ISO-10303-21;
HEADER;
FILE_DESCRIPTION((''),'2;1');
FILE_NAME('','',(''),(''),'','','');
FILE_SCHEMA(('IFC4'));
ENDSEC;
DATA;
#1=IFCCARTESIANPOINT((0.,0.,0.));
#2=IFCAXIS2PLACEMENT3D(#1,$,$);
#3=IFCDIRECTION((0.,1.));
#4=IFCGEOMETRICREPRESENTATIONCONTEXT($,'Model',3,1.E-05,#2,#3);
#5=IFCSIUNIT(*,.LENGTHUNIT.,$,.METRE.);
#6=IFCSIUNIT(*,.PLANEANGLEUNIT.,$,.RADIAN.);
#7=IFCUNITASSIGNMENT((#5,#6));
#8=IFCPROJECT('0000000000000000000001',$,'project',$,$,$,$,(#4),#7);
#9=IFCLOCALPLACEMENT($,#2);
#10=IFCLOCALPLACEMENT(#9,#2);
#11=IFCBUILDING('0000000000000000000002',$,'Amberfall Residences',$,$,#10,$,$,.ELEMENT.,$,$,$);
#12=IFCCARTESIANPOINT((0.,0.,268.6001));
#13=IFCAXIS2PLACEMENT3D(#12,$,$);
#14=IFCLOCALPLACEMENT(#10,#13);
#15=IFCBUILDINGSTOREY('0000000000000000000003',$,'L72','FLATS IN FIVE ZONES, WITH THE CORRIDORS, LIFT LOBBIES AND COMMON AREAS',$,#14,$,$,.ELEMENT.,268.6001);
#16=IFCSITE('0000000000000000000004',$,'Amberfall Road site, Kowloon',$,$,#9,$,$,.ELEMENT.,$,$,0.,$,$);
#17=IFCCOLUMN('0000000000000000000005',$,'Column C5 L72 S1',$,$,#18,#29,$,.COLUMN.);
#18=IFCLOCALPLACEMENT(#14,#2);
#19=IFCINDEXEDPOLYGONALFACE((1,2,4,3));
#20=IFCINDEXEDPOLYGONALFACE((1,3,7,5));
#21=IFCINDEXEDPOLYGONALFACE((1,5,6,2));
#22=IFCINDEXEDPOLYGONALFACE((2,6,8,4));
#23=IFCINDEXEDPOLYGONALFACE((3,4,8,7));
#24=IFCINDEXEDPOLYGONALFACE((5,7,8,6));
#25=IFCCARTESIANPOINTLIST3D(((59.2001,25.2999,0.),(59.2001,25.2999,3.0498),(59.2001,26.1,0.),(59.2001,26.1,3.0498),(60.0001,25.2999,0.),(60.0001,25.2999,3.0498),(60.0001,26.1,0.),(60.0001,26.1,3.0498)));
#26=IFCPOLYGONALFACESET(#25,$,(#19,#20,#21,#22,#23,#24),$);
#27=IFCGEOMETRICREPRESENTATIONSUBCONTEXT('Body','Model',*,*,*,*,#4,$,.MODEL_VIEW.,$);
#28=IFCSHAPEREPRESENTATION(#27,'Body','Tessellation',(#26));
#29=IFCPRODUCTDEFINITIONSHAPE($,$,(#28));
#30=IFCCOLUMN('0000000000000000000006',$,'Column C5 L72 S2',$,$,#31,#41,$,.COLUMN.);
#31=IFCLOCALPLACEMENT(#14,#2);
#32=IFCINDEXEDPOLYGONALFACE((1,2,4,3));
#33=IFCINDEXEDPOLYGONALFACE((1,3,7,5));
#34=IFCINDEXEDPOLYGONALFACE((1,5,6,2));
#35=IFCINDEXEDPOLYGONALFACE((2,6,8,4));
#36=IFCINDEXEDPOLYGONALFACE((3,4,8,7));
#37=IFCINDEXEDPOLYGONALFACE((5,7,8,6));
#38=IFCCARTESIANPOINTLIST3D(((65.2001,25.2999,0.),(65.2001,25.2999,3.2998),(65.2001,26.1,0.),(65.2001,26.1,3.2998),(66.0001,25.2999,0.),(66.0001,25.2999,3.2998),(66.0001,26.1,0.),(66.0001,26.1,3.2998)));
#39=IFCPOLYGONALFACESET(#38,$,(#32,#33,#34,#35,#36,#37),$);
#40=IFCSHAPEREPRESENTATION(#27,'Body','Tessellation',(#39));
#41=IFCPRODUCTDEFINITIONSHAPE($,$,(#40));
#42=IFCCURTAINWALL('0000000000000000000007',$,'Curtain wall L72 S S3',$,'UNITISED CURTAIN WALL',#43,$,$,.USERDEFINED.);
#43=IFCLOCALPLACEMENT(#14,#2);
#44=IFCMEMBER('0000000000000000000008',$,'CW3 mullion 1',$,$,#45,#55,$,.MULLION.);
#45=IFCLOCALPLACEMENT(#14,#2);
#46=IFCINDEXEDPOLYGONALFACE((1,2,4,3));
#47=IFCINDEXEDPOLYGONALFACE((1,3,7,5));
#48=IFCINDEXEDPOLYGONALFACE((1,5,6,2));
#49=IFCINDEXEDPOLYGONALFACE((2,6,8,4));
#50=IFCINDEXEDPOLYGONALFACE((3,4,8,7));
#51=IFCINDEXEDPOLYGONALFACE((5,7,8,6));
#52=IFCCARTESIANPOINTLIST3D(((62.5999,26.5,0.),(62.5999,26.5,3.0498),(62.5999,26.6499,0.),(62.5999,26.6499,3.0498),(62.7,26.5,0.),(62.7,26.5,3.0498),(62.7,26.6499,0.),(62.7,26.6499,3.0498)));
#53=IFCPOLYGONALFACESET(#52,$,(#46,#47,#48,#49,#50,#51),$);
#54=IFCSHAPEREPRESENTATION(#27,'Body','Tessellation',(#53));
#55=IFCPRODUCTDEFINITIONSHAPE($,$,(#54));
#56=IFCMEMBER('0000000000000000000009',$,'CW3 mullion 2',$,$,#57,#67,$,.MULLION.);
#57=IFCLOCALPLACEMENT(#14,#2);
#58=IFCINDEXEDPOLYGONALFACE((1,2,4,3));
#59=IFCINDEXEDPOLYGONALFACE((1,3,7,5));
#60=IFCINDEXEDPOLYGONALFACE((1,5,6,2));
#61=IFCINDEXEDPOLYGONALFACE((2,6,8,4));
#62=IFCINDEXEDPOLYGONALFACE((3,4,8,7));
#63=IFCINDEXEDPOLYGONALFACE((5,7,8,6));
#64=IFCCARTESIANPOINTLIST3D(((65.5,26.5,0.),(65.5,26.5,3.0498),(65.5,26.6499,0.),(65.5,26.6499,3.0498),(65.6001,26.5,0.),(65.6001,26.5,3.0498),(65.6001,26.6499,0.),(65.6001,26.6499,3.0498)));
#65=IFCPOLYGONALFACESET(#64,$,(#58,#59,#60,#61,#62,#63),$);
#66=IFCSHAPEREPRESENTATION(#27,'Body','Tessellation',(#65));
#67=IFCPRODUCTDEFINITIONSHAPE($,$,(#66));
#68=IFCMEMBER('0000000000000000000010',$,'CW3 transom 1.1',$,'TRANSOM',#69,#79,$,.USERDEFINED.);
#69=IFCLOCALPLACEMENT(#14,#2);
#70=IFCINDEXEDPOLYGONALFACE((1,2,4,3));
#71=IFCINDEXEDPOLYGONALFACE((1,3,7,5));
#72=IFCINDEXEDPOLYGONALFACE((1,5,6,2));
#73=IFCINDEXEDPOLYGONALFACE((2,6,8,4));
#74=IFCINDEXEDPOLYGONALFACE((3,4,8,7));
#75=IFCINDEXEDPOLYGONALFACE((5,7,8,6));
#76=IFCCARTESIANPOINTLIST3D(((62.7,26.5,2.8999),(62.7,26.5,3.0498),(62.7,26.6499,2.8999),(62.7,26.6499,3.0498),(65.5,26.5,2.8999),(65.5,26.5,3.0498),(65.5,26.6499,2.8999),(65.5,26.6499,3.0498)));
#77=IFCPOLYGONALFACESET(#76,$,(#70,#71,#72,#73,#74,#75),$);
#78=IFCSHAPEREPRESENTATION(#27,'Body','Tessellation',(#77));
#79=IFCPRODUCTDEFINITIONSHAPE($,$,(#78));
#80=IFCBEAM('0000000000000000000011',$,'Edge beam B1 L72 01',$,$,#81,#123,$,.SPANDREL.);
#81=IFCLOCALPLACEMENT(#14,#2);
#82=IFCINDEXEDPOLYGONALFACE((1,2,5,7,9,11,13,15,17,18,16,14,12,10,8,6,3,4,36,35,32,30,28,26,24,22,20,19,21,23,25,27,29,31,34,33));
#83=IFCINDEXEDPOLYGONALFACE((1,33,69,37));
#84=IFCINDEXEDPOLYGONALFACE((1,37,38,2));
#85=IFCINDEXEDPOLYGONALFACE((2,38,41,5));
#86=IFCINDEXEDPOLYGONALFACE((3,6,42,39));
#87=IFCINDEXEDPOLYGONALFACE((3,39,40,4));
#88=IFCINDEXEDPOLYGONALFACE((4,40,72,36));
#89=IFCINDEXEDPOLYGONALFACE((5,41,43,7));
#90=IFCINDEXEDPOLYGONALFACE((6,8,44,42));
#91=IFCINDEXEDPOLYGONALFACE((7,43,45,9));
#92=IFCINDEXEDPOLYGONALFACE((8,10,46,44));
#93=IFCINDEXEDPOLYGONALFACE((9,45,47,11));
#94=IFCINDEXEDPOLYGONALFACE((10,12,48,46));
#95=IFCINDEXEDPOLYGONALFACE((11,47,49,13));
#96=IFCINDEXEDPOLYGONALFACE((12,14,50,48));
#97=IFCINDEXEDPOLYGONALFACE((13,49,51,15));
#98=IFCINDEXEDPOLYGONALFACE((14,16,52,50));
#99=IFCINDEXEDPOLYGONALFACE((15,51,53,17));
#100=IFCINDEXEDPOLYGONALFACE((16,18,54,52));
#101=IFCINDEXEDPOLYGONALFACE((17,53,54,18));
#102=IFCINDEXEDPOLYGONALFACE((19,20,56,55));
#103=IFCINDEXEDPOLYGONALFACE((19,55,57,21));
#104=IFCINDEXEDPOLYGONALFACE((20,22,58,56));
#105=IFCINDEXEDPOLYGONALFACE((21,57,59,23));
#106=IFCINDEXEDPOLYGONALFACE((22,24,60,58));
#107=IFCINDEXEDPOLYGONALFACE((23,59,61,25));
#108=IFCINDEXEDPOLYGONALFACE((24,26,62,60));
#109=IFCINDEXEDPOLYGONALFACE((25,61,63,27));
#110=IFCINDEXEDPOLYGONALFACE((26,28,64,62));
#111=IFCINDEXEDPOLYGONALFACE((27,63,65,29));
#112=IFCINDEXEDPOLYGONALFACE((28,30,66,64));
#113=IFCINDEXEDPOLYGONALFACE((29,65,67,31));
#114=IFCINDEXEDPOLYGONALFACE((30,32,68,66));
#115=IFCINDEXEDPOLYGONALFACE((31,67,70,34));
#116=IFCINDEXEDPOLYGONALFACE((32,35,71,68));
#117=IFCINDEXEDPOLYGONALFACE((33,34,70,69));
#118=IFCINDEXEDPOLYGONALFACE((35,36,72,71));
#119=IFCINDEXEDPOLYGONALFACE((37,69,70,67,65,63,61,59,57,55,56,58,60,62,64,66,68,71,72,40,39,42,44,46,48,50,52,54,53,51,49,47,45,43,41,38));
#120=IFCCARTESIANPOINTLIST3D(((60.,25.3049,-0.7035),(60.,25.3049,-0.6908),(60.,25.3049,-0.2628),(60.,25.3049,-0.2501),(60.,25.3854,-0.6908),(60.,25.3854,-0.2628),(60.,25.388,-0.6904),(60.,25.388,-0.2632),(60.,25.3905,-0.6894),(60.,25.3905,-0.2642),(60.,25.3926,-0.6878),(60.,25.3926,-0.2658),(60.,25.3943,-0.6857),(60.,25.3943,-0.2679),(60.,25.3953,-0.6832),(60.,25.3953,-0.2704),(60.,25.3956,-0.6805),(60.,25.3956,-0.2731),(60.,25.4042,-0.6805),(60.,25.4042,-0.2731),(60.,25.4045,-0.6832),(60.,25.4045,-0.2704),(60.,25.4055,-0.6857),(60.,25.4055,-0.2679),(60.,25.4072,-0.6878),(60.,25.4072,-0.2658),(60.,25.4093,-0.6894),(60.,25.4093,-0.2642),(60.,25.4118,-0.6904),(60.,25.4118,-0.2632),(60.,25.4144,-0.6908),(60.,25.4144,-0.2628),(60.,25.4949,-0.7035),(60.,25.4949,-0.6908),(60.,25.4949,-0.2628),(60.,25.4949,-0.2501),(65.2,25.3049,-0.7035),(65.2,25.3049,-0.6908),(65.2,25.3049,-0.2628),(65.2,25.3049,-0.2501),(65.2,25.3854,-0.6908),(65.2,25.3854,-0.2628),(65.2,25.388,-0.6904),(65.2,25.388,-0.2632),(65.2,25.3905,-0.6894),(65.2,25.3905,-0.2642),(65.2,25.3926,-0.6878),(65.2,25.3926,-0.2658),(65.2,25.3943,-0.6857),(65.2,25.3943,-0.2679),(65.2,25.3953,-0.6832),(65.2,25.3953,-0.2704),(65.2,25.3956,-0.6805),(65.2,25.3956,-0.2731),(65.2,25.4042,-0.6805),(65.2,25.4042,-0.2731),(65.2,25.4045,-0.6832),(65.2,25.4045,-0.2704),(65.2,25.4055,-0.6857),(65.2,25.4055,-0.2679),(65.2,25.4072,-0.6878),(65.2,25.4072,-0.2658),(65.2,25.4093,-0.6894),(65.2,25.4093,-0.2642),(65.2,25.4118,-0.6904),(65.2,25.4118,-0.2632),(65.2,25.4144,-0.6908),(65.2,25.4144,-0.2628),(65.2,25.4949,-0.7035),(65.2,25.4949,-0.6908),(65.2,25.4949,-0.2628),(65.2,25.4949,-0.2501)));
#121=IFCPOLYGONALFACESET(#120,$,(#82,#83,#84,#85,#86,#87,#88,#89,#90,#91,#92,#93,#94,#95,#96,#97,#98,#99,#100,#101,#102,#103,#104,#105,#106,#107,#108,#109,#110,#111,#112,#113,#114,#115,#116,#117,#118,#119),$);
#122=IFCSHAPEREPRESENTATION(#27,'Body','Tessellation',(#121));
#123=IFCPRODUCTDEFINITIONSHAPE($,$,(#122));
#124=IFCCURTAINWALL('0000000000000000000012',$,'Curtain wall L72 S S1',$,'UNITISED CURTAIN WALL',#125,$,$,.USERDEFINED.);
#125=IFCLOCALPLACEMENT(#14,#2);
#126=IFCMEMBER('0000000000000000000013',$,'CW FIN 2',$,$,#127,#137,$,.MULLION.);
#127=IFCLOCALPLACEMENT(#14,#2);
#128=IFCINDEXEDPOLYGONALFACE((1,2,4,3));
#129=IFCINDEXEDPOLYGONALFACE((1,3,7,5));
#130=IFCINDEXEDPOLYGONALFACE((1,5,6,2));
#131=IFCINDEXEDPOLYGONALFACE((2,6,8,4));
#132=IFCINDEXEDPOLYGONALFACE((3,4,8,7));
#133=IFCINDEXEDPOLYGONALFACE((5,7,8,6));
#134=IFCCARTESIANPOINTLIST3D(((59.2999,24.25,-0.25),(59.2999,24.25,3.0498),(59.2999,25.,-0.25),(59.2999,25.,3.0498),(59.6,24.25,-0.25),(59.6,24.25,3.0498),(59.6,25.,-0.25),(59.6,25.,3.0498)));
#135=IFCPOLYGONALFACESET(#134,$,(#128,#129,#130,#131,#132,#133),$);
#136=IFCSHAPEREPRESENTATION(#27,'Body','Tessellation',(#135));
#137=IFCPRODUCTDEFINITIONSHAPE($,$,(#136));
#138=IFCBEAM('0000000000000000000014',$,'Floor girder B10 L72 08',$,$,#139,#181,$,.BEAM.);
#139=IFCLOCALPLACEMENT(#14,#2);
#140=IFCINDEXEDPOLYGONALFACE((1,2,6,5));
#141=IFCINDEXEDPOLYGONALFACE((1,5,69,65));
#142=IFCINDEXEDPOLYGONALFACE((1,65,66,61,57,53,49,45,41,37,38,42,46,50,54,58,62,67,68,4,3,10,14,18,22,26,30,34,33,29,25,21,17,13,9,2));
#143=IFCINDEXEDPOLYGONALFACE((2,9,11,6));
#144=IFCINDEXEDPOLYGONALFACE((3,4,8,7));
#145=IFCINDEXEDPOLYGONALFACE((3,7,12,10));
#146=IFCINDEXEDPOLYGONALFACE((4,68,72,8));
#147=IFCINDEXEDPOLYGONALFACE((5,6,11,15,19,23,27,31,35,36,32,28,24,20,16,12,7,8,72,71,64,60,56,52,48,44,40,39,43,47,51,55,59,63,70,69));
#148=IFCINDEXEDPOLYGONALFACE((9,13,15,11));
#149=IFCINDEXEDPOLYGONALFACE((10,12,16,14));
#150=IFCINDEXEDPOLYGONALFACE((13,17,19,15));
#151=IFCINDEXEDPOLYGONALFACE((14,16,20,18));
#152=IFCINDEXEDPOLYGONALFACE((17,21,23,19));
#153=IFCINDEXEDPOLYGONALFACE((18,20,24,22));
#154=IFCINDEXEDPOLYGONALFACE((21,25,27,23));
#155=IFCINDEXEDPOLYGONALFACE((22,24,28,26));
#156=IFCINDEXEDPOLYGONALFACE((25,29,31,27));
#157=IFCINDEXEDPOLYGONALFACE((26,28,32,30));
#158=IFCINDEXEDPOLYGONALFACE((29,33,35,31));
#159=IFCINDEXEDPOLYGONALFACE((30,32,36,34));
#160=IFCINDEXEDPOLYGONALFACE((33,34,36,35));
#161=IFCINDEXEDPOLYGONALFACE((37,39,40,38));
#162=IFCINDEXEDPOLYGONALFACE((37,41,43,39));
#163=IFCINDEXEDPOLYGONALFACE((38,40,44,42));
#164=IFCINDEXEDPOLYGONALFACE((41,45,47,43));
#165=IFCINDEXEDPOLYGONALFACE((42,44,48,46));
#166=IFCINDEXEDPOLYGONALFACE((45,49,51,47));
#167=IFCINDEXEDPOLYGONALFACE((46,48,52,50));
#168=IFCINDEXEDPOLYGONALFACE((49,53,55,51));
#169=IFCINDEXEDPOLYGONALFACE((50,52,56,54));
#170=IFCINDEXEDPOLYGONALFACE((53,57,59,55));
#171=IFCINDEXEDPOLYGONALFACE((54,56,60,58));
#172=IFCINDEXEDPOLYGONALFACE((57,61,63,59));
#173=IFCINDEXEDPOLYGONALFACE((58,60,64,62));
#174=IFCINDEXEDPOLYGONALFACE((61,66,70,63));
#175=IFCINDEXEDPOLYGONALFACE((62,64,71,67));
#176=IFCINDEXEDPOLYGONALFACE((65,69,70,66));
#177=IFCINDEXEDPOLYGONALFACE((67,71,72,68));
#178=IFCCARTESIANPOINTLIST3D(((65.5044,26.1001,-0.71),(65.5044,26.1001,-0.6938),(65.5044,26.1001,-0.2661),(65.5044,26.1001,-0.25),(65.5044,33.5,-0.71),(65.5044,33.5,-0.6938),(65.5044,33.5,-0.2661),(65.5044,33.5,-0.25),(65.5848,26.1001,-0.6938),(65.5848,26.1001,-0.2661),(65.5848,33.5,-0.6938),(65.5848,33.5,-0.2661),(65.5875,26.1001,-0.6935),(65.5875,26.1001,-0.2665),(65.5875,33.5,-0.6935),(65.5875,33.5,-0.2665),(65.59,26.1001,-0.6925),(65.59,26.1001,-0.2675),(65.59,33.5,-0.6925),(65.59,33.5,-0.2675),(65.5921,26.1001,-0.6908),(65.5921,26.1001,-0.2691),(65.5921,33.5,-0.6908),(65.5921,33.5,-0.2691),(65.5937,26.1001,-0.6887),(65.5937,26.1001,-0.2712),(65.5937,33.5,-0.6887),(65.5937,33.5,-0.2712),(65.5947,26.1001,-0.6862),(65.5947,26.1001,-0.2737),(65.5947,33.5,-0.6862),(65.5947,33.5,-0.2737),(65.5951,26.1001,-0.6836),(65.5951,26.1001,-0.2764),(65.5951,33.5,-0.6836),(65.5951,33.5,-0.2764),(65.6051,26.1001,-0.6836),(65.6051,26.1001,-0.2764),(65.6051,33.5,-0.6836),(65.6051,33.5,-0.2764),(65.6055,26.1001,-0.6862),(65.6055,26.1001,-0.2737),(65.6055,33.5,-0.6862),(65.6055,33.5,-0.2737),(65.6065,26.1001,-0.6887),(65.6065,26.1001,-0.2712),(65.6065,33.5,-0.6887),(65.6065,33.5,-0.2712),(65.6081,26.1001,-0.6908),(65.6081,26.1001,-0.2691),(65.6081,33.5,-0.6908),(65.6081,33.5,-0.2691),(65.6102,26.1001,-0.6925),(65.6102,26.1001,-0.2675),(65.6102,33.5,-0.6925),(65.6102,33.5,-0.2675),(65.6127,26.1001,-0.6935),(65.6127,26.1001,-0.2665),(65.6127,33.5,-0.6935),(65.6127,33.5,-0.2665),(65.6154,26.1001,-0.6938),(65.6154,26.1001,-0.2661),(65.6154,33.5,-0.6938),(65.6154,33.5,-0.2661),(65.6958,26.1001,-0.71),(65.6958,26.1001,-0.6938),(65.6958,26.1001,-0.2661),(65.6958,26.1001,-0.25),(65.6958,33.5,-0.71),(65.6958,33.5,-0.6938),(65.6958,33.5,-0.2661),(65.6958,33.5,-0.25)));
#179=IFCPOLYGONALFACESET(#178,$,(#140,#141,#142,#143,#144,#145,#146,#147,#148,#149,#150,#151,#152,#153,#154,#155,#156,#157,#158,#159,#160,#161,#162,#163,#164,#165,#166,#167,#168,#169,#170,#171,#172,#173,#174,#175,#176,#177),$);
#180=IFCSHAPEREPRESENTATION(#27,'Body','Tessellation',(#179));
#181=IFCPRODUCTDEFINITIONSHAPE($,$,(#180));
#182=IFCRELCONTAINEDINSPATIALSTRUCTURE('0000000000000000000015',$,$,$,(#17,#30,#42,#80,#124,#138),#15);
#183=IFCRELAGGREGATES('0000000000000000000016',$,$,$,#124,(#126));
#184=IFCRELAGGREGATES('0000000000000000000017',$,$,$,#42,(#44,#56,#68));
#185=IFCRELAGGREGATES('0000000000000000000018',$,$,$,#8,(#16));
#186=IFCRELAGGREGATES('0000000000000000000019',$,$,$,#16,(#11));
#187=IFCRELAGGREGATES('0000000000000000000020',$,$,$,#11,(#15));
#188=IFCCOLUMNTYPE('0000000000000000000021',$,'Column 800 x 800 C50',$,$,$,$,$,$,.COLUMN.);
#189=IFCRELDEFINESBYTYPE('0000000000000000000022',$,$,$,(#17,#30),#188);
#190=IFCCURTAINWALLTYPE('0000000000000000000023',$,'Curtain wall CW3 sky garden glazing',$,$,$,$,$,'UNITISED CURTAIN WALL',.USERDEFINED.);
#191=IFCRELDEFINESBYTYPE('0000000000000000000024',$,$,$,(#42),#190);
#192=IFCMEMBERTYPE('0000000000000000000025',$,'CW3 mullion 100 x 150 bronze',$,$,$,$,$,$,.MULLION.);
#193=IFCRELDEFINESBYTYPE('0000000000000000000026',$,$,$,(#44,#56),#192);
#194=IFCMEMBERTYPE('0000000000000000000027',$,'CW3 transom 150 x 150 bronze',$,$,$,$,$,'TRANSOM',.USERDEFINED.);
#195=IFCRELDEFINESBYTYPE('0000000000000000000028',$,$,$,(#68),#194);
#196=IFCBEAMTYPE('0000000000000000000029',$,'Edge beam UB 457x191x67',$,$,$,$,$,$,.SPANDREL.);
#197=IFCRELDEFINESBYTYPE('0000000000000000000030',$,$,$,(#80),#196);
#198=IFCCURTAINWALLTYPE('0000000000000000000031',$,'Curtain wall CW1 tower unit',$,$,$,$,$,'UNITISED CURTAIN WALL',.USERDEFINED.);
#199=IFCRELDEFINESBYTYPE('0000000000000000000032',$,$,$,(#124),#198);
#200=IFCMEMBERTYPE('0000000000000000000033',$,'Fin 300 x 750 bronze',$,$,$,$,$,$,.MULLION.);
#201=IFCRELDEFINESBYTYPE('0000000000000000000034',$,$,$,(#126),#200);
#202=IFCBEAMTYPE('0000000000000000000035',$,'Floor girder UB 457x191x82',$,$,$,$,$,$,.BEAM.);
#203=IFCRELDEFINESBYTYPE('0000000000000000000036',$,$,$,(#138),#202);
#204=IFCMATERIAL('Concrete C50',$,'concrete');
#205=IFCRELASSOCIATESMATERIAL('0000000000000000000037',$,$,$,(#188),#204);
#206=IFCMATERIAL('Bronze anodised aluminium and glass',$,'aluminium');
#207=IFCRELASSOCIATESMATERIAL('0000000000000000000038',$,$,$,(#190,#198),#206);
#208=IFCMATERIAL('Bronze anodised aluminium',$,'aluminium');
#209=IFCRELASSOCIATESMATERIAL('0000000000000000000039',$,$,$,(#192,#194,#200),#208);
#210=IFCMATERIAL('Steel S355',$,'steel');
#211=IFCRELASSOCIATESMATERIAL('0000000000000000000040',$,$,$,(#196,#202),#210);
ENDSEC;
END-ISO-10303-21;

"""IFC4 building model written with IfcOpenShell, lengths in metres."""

from ifc_helpers import new_model, si_unit, direction, frame, origin, origin_2d, place, context, subcontext, project, spatial, rectangle, i_section, extrude, material, material_profile, profile_set, type_object, element, aggregate, save


model = new_model("IFC4")

# Units and contexts
model_context = context("Model", 3, precision=1e-05, world=origin(), true_north=direction((0.0, 1.0)))
body_context = subcontext(model_context, "Body", "Model", "MODEL_VIEW")
ifc_project = project(units=[si_unit("LENGTHUNIT", "METRE"), si_unit("PLANEANGLEUNIT", "RADIAN")], contexts=[model_context])

# Site, building, storey
site_placement = place(None, origin())
site = spatial("IfcSite", under=ifc_project, at=site_placement, Name="Amberfall Road site, Kowloon", CompositionType="ELEMENT", RefElevation=0.0)
building_placement = place(site_placement, origin())
building = spatial("IfcBuilding", under=site, at=building_placement, Name="Amberfall Residences", CompositionType="ELEMENT")
storey_placement = place(building_placement, frame((0.0, 0.0, 268.6001)))
storey = spatial("IfcBuildingStorey", under=building, at=storey_placement, Name="L72", Description="FLATS IN FIVE ZONES, WITH THE CORRIDORS, LIFT LOBBIES AND COMMON AREAS", CompositionType="ELEMENT", Elevation=268.6001)

# Columns
ifc_material_1 = material(Name="Concrete C50", Category="concrete")
ifc_material_profile_1 = material_profile(ifc_material_1, rectangle(XDim=0.8, YDim=0.8, at=origin_2d()), Name="Column 800 x 800 C50")
ifc_profile_set_1 = profile_set([ifc_material_profile_1], Name="Concrete C50")
column_type = type_object("IfcColumnType", Name="Column 800 x 800 C50", PredefinedType="COLUMN", material=ifc_profile_set_1)
column_1_placement = place(storey_placement, frame((59.6001, 25.7, 0.0), z_axis=(0.0, 0.0, 1.0), x_axis=(1.0, 0.0, 0.0)))
element("IfcColumn", 1, at=column_1_placement, inside=storey, type_object=column_type, Name="Column C5 L72 S1", PredefinedType="COLUMN", context=body_context, shape_type="SweptSolid", body=[
    extrude(rectangle(XDim=0.8, YDim=0.8, at=origin_2d()), origin(), (0.0, 0.0, 1.0), 3.0498),
])
column_2_placement = place(storey_placement, frame((65.6001, 25.7, 0.0), z_axis=(0.0, 0.0, 1.0), x_axis=(1.0, 0.0, 0.0)))
element("IfcColumn", 2, at=column_2_placement, inside=storey, type_object=column_type, Name="Column C5 L72 S2", PredefinedType="COLUMN", context=body_context, shape_type="SweptSolid", body=[
    extrude(rectangle(XDim=0.8, YDim=0.8, at=origin_2d()), origin(), (0.0, 0.0, 1.0), 3.2998),
])

# Curtain wall, members
ifc_material_2 = material(Name="Bronze anodised aluminium and glass", Category="aluminium")
curtain_wall_type_1 = type_object("IfcCurtainWallType", Name="Curtain wall CW3 sky garden glazing", ElementType="UNITISED CURTAIN WALL", PredefinedType="USERDEFINED", material=ifc_material_2)
curtain_wall_1_placement = place(storey_placement, origin())
curtain_wall_1 = element("IfcCurtainWall", 3, at=curtain_wall_1_placement, inside=storey, type_object=curtain_wall_type_1, Name="Curtain wall L72 S S3", ObjectType="UNITISED CURTAIN WALL", PredefinedType="USERDEFINED")
ifc_material_3 = material(Name="Bronze anodised aluminium", Category="aluminium")
ifc_material_profile_2 = material_profile(ifc_material_3, rectangle(XDim=0.1499, YDim=0.1001, at=origin_2d()), Name="CW3 mullion 100 x 150 bronze")
ifc_profile_set_2 = profile_set([ifc_material_profile_2], Name="Bronze anodised aluminium")
member_type_1 = type_object("IfcMemberType", Name="CW3 mullion 100 x 150 bronze", PredefinedType="MULLION", material=ifc_profile_set_2)
member_1_placement = place(storey_placement, frame((62.6499, 26.575, 0.0), z_axis=(0.0, 0.0, 1.0), x_axis=(0.0, 1.0, 0.0)))
member_1 = element("IfcMember", 4, at=member_1_placement, type_object=member_type_1, Name="CW3 mullion 1", PredefinedType="MULLION", context=body_context, shape_type="SweptSolid", body=[
    extrude(rectangle(XDim=0.1499, YDim=0.1001, at=origin_2d()), origin(), (0.0, 0.0, 1.0), 3.0498),
])
member_2_placement = place(storey_placement, frame((65.55, 26.575, 0.0), z_axis=(0.0, 0.0, 1.0), x_axis=(0.0, 1.0, 0.0)))
member_2 = element("IfcMember", 5, at=member_2_placement, type_object=member_type_1, Name="CW3 mullion 2", PredefinedType="MULLION", context=body_context, shape_type="SweptSolid", body=[
    extrude(rectangle(XDim=0.1499, YDim=0.1001, at=origin_2d()), origin(), (0.0, 0.0, 1.0), 3.0498),
])
ifc_material_profile_3 = material_profile(ifc_material_3, rectangle(XDim=0.1499, YDim=0.1499, at=origin_2d()), Name="CW3 transom 150 x 150 bronze")
ifc_profile_set_3 = profile_set([ifc_material_profile_3], Name="Bronze anodised aluminium")
member_type_2 = type_object("IfcMemberType", Name="CW3 transom 150 x 150 bronze", ElementType="TRANSOM", PredefinedType="USERDEFINED", material=ifc_profile_set_3)
member_3_placement = place(storey_placement, frame((62.7, 26.575, 2.9749), z_axis=(1.0, 0.0, 0.0), x_axis=(0.0, 1.0, 0.0)))
member_3 = element("IfcMember", 6, at=member_3_placement, type_object=member_type_2, Name="CW3 transom 1.1", ObjectType="TRANSOM", PredefinedType="USERDEFINED", context=body_context, shape_type="SweptSolid", body=[
    extrude(rectangle(XDim=0.1499, YDim=0.1499, at=origin_2d()), origin(), (0.0, 0.0, 1.0), 2.8),
])

# Beam
ifc_material_4 = material(Name="Steel S355", Category="steel")
ifc_material_profile_4 = material_profile(ifc_material_4, i_section(OverallWidth=0.1899, OverallDepth=0.4534, WebThickness=0.0085, FlangeThickness=0.0127, FilletRadius=0.0103, at=origin_2d()), Name="UB 457x191x67")
ifc_profile_set_4 = profile_set([ifc_material_profile_4], Name="Steel S355")
beam_type_1 = type_object("IfcBeamType", Name="Edge beam UB 457x191x67", PredefinedType="SPANDREL", material=ifc_profile_set_4)
beam_1_placement = place(storey_placement, frame((60.0, 25.3999, -0.4768), z_axis=(1.0, 0.0, 0.0), x_axis=(0.0, 1.0, 0.0)))
element("IfcBeam", 7, at=beam_1_placement, inside=storey, type_object=beam_type_1, Name="Edge beam B1 L72 01", PredefinedType="SPANDREL", context=body_context, shape_type="SweptSolid", body=[
    extrude(i_section(OverallWidth=0.1899, OverallDepth=0.4534, WebThickness=0.0085, FlangeThickness=0.0127, FilletRadius=0.0103, at=origin_2d()), origin(), (0.0, 0.0, 1.0), 5.2),
])

# Curtain wall, member
curtain_wall_type_2 = type_object("IfcCurtainWallType", Name="Curtain wall CW1 tower unit", ElementType="UNITISED CURTAIN WALL", PredefinedType="USERDEFINED", material=ifc_material_2)
curtain_wall_2_placement = place(storey_placement, origin())
curtain_wall_2 = element("IfcCurtainWall", 8, at=curtain_wall_2_placement, inside=storey, type_object=curtain_wall_type_2, Name="Curtain wall L72 S S1", ObjectType="UNITISED CURTAIN WALL", PredefinedType="USERDEFINED")
ifc_material_profile_5 = material_profile(ifc_material_3, rectangle(XDim=0.75, YDim=0.3, at=origin_2d()), Name="Fin 300 x 750 bronze")
ifc_profile_set_5 = profile_set([ifc_material_profile_5], Name="Bronze anodised aluminium")
member_type_3 = type_object("IfcMemberType", Name="Fin 300 x 750 bronze", PredefinedType="MULLION", material=ifc_profile_set_5)
member_4_placement = place(storey_placement, frame((59.45, 24.625, -0.25), z_axis=(0.0, 0.0, 1.0), x_axis=(0.0, 1.0, 0.0)))
member_4 = element("IfcMember", 9, at=member_4_placement, type_object=member_type_3, Name="CW FIN 2", PredefinedType="MULLION", context=body_context, shape_type="SweptSolid", body=[
    extrude(rectangle(XDim=0.75, YDim=0.3, at=origin_2d()), origin(), (0.0, 0.0, 1.0), 3.2998),
])
aggregate(curtain_wall_2, [member_4])

# Beam
ifc_material_profile_6 = material_profile(ifc_material_4, i_section(OverallWidth=0.1914, OverallDepth=0.46, WebThickness=0.01, FlangeThickness=0.0161, FilletRadius=0.0103, at=origin_2d()), Name="UB 457x191x82")
ifc_profile_set_6 = profile_set([ifc_material_profile_6], Name="Steel S355")
beam_type_2 = type_object("IfcBeamType", Name="Floor girder UB 457x191x82", PredefinedType="BEAM", material=ifc_profile_set_6)
beam_2_placement = place(storey_placement, frame((65.6001, 26.1001, -0.48), z_axis=(0.0, 1.0, 0.0), x_axis=(-1.0, 0.0, 0.0)))
element("IfcBeam", 10, at=beam_2_placement, inside=storey, type_object=beam_type_2, Name="Floor girder B10 L72 08", PredefinedType="BEAM", context=body_context, shape_type="SweptSolid", body=[
    extrude(i_section(OverallWidth=0.1914, OverallDepth=0.46, WebThickness=0.01, FlangeThickness=0.0161, FilletRadius=0.0103, at=origin_2d()), origin(), (0.0, 0.0, 1.0), 7.3999),
])

aggregate(curtain_wall_1, [member_1, member_2, member_3])

save(model, "model.ifc")
